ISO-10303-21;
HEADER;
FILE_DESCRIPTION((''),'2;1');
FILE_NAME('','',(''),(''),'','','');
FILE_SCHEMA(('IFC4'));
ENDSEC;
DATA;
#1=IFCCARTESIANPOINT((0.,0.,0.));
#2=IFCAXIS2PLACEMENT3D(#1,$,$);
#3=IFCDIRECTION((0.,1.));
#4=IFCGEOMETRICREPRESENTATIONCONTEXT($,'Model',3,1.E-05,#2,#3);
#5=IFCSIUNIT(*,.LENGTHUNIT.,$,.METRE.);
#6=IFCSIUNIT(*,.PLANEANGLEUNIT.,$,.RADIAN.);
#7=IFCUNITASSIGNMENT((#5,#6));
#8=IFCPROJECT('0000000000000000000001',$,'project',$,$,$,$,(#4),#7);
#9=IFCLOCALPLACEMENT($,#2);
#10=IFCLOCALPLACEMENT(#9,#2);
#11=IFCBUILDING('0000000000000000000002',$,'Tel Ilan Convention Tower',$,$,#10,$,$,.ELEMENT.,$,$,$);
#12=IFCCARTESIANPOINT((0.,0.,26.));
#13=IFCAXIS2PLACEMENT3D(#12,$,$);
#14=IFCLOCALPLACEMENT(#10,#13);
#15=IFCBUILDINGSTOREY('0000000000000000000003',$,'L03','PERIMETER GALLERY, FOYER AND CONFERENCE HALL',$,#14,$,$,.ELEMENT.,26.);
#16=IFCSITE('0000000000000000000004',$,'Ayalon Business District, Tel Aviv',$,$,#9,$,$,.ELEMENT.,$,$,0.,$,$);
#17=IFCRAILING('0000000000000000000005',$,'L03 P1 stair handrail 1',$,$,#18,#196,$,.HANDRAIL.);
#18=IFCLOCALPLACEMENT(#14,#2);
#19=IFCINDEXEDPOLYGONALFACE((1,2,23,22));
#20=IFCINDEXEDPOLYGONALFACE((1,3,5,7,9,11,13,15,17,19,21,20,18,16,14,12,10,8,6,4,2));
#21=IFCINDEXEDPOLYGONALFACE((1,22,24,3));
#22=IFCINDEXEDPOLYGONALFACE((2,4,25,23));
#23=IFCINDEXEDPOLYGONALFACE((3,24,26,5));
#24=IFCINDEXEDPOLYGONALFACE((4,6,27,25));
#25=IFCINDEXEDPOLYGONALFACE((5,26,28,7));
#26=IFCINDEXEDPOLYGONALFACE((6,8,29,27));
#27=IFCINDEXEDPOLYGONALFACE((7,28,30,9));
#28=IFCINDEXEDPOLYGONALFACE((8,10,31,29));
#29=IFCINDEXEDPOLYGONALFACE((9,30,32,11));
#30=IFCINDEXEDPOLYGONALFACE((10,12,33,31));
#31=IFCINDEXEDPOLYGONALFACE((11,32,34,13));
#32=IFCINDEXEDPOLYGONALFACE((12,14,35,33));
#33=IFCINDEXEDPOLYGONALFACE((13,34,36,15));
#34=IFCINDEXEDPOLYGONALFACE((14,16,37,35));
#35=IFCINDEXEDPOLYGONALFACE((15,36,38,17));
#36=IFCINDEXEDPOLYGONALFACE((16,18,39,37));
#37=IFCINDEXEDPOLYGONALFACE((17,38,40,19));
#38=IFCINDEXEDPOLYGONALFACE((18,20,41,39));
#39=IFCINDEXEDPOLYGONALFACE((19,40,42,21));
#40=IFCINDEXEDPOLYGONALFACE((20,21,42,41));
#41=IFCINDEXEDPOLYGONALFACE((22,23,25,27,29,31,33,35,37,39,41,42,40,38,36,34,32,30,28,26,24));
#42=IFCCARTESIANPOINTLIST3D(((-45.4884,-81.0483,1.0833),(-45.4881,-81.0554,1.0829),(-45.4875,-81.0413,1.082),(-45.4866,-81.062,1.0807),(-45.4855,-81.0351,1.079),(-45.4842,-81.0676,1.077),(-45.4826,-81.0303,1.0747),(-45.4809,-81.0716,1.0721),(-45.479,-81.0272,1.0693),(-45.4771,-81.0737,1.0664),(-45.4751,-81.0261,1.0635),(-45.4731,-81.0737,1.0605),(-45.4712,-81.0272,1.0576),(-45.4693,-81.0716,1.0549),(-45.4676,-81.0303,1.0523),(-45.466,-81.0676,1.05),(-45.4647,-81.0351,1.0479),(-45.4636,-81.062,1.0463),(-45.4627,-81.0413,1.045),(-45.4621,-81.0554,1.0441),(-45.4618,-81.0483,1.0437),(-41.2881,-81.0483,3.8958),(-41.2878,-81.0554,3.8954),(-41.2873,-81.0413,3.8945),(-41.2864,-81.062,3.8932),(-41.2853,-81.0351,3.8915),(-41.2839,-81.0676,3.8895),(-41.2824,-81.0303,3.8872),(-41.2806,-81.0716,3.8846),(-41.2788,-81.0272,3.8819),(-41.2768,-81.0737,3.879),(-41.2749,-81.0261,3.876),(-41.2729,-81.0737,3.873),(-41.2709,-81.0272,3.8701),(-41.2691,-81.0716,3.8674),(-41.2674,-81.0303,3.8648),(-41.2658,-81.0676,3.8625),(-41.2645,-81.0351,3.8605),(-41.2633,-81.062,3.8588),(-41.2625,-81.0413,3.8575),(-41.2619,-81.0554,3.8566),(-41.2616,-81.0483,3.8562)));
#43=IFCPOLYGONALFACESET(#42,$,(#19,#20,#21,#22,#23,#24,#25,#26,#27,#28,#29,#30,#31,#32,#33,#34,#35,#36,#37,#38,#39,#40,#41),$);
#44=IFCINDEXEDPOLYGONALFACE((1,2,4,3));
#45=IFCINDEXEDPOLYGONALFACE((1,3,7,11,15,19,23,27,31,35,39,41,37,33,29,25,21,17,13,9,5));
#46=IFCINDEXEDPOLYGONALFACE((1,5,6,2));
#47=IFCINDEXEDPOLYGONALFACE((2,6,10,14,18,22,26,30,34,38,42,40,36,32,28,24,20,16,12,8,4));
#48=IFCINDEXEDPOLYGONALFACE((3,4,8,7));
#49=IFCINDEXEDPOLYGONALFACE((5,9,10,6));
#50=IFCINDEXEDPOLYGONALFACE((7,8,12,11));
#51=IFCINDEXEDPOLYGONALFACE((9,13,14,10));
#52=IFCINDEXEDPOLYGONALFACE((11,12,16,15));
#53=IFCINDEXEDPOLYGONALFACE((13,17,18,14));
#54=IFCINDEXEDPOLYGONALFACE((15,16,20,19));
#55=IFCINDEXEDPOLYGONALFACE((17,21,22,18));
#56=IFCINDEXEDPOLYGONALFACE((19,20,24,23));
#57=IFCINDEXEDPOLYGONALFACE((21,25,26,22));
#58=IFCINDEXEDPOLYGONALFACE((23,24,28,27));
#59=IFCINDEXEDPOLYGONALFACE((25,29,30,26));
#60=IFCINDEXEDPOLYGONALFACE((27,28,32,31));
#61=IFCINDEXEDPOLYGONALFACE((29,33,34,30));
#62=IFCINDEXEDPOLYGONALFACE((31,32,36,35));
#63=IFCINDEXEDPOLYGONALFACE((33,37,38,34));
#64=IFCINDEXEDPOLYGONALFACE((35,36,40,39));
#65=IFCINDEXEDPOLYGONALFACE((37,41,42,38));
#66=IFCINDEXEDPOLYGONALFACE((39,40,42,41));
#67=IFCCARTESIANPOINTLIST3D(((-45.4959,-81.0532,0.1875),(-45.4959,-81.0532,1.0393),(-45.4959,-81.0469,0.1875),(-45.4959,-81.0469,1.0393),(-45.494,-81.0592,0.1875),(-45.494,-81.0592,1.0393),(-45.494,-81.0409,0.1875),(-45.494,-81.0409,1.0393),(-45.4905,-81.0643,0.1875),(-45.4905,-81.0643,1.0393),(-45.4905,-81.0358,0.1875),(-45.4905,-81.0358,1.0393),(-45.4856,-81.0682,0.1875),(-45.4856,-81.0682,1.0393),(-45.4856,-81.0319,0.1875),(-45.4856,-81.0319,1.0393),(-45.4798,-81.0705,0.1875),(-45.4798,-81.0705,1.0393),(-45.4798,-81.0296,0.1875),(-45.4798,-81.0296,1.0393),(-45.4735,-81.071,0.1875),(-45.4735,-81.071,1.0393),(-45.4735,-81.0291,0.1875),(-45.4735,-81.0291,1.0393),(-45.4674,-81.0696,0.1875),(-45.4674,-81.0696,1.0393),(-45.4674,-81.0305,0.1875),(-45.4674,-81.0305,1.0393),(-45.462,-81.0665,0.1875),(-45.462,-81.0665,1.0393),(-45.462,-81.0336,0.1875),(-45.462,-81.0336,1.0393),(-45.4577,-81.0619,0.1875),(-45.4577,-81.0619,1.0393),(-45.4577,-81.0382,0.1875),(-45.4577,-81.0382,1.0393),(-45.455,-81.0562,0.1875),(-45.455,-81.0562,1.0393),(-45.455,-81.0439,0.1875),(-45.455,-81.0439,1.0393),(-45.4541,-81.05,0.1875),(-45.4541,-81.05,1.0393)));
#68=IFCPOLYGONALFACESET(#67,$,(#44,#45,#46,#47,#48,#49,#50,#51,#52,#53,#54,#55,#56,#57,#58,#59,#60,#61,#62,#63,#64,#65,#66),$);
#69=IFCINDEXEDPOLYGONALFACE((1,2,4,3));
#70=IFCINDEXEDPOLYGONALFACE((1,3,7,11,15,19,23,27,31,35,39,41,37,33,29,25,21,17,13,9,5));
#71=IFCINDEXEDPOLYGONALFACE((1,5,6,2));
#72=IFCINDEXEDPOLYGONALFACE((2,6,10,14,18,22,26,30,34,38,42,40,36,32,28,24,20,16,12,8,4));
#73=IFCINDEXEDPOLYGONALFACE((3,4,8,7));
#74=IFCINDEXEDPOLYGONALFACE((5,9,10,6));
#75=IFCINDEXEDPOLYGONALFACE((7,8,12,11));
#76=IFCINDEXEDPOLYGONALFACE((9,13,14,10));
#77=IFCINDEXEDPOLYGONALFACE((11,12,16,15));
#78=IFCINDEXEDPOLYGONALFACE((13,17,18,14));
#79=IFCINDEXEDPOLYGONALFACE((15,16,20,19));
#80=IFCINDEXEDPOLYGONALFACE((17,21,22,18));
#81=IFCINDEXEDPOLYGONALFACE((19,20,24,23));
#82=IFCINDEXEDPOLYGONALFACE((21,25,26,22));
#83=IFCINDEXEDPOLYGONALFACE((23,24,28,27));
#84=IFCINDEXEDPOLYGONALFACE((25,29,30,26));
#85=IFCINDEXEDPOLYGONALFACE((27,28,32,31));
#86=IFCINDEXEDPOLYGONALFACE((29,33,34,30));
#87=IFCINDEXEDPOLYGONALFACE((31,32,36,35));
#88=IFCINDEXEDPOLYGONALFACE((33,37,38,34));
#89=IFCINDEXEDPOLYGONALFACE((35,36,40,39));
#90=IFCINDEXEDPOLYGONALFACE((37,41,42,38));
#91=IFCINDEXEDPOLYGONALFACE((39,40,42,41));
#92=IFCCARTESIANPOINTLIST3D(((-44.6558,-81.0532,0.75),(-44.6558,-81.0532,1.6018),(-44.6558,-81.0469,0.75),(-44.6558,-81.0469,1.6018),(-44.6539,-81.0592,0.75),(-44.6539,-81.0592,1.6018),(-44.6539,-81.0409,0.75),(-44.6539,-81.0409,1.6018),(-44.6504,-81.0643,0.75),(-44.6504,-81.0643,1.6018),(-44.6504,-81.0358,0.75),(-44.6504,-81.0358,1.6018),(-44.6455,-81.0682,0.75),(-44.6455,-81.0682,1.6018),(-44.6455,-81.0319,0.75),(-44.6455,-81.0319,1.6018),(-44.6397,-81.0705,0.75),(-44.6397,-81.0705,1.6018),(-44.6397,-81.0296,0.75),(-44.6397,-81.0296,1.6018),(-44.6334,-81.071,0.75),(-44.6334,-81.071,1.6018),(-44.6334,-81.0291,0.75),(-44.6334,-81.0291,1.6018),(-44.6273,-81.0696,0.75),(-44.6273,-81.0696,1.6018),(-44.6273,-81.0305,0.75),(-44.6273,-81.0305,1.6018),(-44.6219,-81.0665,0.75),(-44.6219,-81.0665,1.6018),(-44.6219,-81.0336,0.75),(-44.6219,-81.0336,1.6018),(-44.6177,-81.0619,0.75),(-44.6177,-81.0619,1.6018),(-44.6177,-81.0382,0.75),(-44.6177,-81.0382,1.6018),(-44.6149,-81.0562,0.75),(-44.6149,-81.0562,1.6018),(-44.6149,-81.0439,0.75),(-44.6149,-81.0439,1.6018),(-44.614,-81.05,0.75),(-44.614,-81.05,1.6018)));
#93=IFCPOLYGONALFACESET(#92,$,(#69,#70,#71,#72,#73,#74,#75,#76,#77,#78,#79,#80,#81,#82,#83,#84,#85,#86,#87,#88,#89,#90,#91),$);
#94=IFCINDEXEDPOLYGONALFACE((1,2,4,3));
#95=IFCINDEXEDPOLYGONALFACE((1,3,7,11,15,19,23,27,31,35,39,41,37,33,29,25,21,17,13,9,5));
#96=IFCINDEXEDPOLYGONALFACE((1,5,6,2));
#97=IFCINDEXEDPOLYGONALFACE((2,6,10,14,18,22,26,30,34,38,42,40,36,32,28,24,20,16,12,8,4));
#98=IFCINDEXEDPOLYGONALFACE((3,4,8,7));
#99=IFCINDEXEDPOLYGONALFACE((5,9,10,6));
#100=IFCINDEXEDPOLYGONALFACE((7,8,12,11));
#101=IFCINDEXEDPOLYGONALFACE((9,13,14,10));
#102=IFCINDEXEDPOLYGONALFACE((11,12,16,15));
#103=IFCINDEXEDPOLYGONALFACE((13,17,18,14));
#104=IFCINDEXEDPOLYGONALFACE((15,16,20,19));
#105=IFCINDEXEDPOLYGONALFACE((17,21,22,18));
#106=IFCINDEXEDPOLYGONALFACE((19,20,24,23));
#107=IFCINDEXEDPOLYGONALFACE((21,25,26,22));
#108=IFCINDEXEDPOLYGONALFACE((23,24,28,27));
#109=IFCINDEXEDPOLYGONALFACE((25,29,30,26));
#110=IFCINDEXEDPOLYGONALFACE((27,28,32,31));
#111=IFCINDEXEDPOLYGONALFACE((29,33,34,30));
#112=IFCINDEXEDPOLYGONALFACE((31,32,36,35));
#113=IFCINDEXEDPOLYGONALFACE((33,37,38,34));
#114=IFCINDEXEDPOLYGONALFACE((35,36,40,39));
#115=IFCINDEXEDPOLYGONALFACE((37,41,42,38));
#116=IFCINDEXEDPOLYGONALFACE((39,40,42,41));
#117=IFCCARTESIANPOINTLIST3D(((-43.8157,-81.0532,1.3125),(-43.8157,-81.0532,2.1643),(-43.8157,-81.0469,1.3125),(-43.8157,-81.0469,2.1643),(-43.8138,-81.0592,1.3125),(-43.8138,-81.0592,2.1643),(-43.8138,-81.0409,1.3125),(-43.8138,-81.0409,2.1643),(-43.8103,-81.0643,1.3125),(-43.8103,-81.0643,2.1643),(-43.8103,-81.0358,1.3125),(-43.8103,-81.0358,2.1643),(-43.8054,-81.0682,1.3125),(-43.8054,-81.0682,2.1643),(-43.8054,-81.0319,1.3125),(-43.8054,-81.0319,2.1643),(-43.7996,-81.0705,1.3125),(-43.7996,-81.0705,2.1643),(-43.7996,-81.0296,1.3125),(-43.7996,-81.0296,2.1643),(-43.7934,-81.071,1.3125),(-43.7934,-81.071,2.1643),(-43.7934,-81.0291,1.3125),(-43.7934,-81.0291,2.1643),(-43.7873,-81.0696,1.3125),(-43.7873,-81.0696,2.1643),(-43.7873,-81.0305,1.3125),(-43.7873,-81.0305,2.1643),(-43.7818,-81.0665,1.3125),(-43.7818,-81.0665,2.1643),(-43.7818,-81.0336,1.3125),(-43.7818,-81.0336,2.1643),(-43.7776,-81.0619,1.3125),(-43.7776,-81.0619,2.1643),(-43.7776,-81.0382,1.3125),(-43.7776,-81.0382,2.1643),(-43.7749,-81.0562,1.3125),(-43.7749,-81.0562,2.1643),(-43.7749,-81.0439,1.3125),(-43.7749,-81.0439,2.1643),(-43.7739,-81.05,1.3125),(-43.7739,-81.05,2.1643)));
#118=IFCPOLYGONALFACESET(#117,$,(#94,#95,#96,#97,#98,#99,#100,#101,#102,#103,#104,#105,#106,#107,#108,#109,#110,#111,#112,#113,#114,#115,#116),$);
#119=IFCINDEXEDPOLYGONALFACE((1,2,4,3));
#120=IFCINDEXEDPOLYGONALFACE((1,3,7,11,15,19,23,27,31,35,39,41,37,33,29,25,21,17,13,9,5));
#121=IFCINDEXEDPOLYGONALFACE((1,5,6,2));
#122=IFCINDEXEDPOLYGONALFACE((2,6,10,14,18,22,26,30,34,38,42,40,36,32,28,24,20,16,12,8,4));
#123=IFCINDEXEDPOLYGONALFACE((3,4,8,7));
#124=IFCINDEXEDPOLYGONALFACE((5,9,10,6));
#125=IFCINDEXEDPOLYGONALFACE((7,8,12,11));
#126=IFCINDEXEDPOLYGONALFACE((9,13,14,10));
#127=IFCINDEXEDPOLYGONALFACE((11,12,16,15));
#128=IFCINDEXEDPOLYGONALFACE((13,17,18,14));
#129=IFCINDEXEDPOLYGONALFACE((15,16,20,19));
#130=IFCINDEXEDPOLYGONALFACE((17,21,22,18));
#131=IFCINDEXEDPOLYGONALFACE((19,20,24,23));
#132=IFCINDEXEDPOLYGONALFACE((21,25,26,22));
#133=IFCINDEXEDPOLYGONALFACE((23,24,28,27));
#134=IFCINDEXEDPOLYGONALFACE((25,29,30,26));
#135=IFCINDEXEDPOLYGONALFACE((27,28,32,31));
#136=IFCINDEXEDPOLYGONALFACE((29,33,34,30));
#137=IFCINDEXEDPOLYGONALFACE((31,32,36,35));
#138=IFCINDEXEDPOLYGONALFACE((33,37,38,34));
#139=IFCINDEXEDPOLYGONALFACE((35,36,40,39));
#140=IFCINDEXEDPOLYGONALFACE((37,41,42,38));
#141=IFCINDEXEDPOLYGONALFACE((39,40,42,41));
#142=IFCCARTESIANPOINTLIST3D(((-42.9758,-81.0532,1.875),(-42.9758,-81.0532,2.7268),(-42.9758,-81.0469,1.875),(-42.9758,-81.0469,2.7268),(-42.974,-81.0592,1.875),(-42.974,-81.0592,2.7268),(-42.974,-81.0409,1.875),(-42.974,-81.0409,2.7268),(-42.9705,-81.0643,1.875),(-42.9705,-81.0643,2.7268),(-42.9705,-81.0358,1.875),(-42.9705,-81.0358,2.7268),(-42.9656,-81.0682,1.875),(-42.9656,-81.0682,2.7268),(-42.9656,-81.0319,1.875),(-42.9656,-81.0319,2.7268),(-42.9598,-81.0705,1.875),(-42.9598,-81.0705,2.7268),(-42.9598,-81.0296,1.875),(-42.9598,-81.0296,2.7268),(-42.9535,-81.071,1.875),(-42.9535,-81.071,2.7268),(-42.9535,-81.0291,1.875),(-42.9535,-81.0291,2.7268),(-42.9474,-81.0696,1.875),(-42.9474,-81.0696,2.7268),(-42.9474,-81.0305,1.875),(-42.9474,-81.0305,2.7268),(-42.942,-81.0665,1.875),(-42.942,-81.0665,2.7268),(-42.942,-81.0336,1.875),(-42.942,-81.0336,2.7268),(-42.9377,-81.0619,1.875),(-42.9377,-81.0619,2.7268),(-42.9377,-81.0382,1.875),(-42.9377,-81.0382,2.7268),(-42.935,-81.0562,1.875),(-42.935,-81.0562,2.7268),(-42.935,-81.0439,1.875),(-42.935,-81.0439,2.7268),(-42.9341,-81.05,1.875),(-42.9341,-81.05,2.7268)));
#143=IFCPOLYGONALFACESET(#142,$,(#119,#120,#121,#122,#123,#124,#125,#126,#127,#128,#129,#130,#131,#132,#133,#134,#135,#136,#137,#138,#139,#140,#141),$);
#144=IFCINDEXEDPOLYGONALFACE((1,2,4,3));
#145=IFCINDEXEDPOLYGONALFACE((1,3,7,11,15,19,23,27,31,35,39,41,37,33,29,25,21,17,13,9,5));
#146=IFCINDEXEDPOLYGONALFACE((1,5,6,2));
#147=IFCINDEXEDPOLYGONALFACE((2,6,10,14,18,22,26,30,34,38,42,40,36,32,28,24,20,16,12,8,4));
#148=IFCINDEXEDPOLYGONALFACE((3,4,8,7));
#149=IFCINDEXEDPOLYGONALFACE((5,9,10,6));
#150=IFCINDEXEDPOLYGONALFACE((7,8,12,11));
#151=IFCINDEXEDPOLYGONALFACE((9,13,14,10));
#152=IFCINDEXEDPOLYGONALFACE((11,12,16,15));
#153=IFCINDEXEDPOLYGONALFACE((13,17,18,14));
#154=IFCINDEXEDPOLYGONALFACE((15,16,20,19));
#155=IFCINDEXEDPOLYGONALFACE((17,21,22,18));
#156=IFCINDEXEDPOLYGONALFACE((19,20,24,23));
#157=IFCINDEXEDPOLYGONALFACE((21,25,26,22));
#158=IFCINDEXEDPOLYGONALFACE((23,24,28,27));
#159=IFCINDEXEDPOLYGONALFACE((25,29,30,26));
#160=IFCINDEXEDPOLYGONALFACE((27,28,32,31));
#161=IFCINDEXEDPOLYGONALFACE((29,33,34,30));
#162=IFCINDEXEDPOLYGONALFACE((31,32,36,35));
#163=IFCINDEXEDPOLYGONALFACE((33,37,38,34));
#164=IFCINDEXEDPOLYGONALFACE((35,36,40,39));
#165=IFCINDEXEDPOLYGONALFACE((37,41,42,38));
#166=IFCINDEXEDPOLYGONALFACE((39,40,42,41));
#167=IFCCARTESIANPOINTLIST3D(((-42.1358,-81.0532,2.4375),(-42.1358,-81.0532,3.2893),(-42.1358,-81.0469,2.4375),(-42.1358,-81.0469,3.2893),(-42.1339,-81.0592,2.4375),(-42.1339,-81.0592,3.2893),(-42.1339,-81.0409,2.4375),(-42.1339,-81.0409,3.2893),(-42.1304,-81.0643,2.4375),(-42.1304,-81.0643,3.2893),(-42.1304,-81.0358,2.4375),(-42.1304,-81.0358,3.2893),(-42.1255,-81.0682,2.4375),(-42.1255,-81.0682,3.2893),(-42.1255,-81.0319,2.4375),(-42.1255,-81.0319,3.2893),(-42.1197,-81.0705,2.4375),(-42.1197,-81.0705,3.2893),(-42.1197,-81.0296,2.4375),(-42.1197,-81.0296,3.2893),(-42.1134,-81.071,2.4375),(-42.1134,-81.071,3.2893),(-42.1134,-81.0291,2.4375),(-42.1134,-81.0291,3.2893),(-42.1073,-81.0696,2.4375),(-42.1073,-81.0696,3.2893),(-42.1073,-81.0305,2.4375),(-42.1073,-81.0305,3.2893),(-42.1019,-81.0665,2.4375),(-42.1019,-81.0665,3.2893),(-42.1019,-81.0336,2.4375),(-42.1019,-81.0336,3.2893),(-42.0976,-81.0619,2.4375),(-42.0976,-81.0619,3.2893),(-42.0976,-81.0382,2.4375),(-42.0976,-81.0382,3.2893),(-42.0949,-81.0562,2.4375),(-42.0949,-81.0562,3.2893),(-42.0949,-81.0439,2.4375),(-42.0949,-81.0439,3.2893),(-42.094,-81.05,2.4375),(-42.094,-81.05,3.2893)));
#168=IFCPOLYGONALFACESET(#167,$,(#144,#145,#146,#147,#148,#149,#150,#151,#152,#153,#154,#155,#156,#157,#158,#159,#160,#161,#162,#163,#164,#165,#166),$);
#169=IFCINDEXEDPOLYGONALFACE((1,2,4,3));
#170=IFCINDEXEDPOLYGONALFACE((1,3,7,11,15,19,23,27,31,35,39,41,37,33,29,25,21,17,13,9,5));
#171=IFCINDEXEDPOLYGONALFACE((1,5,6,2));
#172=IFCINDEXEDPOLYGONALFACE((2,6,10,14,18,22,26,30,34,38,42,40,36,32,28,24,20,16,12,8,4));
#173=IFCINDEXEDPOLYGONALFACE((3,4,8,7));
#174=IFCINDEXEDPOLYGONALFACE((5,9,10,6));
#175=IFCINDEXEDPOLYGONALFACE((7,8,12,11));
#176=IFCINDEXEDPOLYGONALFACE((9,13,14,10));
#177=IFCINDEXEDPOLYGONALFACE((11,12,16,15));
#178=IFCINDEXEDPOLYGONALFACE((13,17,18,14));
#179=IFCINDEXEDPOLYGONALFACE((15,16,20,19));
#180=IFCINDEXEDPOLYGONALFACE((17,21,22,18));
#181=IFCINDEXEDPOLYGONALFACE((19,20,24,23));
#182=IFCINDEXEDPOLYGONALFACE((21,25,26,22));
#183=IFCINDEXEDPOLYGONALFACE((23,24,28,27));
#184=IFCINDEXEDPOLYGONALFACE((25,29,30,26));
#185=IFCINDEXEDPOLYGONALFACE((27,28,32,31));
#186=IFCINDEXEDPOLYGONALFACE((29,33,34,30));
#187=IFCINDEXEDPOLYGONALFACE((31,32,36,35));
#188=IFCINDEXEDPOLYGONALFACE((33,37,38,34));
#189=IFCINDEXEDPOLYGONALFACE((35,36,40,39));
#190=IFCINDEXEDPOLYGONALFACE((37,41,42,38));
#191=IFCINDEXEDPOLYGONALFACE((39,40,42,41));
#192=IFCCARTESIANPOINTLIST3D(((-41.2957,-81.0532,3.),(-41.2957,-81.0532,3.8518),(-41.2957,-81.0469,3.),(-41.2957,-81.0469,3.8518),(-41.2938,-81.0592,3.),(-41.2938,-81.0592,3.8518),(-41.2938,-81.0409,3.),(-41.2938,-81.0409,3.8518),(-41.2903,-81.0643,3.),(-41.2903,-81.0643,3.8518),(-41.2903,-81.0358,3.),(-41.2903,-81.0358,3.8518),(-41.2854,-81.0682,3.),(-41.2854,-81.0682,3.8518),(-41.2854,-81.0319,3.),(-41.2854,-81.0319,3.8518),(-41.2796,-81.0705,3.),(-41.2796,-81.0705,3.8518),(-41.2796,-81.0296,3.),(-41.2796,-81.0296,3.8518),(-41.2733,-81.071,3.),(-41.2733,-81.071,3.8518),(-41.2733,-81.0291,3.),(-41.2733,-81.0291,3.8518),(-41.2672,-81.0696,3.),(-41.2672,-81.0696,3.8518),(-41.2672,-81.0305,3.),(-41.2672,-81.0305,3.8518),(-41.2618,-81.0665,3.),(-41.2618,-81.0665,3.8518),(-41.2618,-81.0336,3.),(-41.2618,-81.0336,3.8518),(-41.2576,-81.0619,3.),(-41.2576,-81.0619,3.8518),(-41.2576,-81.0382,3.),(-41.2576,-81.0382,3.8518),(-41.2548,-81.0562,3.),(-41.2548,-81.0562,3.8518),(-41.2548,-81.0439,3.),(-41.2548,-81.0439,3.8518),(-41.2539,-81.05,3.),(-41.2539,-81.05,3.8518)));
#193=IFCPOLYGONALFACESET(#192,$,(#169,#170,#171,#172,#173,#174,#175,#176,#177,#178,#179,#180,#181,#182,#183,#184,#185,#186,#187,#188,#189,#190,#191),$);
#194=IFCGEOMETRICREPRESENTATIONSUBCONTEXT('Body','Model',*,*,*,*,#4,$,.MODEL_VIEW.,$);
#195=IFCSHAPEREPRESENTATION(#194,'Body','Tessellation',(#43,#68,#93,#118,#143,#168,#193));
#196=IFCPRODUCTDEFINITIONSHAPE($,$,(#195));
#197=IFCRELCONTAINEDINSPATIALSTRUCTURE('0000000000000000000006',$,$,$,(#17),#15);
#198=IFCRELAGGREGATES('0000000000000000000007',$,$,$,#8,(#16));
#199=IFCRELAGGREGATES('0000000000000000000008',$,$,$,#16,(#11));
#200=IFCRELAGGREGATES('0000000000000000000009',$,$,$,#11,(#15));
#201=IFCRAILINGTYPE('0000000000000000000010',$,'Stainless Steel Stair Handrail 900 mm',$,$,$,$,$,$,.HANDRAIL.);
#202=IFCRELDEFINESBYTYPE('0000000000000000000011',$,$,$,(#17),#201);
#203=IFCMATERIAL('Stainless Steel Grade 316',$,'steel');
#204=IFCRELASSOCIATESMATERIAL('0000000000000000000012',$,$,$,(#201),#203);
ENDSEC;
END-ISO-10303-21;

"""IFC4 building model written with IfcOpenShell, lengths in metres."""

from ifc_helpers import new_model, si_unit, direction, frame, origin, origin_2d, place, context, subcontext, project, spatial, circle, extrude, material, type_object, element, save


model = new_model("IFC4")

# Units and contexts
model_context = context("Model", 3, precision=1e-05, world=origin(), true_north=direction((0.0, 1.0)))
body_context = subcontext(model_context, "Body", "Model", "MODEL_VIEW")
ifc_project = project(units=[si_unit("LENGTHUNIT", "METRE"), si_unit("PLANEANGLEUNIT", "RADIAN")], contexts=[model_context])

# Site, building, storey
site_placement = place(None, origin())
site = spatial("IfcSite", under=ifc_project, at=site_placement, Name="Ayalon Business District, Tel Aviv", CompositionType="ELEMENT", RefElevation=0.0)
building_placement = place(site_placement, origin())
building = spatial("IfcBuilding", under=site, at=building_placement, Name="Tel Ilan Convention Tower", CompositionType="ELEMENT")
storey_placement = place(building_placement, frame((0.0, 0.0, 26.0)))
storey = spatial("IfcBuildingStorey", under=building, at=storey_placement, Name="L03", Description="PERIMETER GALLERY, FOYER AND CONFERENCE HALL", CompositionType="ELEMENT", Elevation=26.0)

# Railing
ifc_material_1 = material(Name="Stainless Steel Grade 316", Category="steel")
railing_type_1 = type_object("IfcRailingType", Name="Stainless Steel Stair Handrail 900 mm", PredefinedType="HANDRAIL", material=ifc_material_1)
railing_1_placement = place(storey_placement, frame((-45.4751, -81.05, 0.1875)))
element("IfcRailing", 1, at=railing_1_placement, inside=storey, type_object=railing_type_1, Name="L03 P1 stair handrail 1", PredefinedType="HANDRAIL", context=body_context, shape_type="SweptSolid", body=[
    extrude(circle(Radius=0.0239, at=origin_2d()), frame((0.0, 0.0, 0.876), z_axis=(0.830919, 0.0, 0.556393), x_axis=(0.0, 1.0, 0.0)), (0.0, 0.0, 1.0), 5.0549),
    extrude(circle(Radius=0.021, at=origin_2d()), origin(), (0.0, 0.0, 1.0), 0.8518),
    extrude(circle(Radius=0.021, at=origin_2d()), frame((0.8401, 0.0, 0.5625)), (0.0, 0.0, 1.0), 0.8518),
    extrude(circle(Radius=0.021, at=origin_2d()), frame((1.6802, 0.0, 1.125)), (0.0, 0.0, 1.0), 0.8518),
    extrude(circle(Radius=0.021, at=origin_2d()), frame((2.52, 0.0, 1.6875)), (0.0, 0.0, 1.0), 0.8518),
    extrude(circle(Radius=0.021, at=origin_2d()), frame((3.3601, 0.0, 2.25)), (0.0, 0.0, 1.0), 0.8518),
    extrude(circle(Radius=0.021, at=origin_2d()), frame((4.2002, 0.0, 2.8125)), (0.0, 0.0, 1.0), 0.8518),
])

save(model, "model.ifc")
